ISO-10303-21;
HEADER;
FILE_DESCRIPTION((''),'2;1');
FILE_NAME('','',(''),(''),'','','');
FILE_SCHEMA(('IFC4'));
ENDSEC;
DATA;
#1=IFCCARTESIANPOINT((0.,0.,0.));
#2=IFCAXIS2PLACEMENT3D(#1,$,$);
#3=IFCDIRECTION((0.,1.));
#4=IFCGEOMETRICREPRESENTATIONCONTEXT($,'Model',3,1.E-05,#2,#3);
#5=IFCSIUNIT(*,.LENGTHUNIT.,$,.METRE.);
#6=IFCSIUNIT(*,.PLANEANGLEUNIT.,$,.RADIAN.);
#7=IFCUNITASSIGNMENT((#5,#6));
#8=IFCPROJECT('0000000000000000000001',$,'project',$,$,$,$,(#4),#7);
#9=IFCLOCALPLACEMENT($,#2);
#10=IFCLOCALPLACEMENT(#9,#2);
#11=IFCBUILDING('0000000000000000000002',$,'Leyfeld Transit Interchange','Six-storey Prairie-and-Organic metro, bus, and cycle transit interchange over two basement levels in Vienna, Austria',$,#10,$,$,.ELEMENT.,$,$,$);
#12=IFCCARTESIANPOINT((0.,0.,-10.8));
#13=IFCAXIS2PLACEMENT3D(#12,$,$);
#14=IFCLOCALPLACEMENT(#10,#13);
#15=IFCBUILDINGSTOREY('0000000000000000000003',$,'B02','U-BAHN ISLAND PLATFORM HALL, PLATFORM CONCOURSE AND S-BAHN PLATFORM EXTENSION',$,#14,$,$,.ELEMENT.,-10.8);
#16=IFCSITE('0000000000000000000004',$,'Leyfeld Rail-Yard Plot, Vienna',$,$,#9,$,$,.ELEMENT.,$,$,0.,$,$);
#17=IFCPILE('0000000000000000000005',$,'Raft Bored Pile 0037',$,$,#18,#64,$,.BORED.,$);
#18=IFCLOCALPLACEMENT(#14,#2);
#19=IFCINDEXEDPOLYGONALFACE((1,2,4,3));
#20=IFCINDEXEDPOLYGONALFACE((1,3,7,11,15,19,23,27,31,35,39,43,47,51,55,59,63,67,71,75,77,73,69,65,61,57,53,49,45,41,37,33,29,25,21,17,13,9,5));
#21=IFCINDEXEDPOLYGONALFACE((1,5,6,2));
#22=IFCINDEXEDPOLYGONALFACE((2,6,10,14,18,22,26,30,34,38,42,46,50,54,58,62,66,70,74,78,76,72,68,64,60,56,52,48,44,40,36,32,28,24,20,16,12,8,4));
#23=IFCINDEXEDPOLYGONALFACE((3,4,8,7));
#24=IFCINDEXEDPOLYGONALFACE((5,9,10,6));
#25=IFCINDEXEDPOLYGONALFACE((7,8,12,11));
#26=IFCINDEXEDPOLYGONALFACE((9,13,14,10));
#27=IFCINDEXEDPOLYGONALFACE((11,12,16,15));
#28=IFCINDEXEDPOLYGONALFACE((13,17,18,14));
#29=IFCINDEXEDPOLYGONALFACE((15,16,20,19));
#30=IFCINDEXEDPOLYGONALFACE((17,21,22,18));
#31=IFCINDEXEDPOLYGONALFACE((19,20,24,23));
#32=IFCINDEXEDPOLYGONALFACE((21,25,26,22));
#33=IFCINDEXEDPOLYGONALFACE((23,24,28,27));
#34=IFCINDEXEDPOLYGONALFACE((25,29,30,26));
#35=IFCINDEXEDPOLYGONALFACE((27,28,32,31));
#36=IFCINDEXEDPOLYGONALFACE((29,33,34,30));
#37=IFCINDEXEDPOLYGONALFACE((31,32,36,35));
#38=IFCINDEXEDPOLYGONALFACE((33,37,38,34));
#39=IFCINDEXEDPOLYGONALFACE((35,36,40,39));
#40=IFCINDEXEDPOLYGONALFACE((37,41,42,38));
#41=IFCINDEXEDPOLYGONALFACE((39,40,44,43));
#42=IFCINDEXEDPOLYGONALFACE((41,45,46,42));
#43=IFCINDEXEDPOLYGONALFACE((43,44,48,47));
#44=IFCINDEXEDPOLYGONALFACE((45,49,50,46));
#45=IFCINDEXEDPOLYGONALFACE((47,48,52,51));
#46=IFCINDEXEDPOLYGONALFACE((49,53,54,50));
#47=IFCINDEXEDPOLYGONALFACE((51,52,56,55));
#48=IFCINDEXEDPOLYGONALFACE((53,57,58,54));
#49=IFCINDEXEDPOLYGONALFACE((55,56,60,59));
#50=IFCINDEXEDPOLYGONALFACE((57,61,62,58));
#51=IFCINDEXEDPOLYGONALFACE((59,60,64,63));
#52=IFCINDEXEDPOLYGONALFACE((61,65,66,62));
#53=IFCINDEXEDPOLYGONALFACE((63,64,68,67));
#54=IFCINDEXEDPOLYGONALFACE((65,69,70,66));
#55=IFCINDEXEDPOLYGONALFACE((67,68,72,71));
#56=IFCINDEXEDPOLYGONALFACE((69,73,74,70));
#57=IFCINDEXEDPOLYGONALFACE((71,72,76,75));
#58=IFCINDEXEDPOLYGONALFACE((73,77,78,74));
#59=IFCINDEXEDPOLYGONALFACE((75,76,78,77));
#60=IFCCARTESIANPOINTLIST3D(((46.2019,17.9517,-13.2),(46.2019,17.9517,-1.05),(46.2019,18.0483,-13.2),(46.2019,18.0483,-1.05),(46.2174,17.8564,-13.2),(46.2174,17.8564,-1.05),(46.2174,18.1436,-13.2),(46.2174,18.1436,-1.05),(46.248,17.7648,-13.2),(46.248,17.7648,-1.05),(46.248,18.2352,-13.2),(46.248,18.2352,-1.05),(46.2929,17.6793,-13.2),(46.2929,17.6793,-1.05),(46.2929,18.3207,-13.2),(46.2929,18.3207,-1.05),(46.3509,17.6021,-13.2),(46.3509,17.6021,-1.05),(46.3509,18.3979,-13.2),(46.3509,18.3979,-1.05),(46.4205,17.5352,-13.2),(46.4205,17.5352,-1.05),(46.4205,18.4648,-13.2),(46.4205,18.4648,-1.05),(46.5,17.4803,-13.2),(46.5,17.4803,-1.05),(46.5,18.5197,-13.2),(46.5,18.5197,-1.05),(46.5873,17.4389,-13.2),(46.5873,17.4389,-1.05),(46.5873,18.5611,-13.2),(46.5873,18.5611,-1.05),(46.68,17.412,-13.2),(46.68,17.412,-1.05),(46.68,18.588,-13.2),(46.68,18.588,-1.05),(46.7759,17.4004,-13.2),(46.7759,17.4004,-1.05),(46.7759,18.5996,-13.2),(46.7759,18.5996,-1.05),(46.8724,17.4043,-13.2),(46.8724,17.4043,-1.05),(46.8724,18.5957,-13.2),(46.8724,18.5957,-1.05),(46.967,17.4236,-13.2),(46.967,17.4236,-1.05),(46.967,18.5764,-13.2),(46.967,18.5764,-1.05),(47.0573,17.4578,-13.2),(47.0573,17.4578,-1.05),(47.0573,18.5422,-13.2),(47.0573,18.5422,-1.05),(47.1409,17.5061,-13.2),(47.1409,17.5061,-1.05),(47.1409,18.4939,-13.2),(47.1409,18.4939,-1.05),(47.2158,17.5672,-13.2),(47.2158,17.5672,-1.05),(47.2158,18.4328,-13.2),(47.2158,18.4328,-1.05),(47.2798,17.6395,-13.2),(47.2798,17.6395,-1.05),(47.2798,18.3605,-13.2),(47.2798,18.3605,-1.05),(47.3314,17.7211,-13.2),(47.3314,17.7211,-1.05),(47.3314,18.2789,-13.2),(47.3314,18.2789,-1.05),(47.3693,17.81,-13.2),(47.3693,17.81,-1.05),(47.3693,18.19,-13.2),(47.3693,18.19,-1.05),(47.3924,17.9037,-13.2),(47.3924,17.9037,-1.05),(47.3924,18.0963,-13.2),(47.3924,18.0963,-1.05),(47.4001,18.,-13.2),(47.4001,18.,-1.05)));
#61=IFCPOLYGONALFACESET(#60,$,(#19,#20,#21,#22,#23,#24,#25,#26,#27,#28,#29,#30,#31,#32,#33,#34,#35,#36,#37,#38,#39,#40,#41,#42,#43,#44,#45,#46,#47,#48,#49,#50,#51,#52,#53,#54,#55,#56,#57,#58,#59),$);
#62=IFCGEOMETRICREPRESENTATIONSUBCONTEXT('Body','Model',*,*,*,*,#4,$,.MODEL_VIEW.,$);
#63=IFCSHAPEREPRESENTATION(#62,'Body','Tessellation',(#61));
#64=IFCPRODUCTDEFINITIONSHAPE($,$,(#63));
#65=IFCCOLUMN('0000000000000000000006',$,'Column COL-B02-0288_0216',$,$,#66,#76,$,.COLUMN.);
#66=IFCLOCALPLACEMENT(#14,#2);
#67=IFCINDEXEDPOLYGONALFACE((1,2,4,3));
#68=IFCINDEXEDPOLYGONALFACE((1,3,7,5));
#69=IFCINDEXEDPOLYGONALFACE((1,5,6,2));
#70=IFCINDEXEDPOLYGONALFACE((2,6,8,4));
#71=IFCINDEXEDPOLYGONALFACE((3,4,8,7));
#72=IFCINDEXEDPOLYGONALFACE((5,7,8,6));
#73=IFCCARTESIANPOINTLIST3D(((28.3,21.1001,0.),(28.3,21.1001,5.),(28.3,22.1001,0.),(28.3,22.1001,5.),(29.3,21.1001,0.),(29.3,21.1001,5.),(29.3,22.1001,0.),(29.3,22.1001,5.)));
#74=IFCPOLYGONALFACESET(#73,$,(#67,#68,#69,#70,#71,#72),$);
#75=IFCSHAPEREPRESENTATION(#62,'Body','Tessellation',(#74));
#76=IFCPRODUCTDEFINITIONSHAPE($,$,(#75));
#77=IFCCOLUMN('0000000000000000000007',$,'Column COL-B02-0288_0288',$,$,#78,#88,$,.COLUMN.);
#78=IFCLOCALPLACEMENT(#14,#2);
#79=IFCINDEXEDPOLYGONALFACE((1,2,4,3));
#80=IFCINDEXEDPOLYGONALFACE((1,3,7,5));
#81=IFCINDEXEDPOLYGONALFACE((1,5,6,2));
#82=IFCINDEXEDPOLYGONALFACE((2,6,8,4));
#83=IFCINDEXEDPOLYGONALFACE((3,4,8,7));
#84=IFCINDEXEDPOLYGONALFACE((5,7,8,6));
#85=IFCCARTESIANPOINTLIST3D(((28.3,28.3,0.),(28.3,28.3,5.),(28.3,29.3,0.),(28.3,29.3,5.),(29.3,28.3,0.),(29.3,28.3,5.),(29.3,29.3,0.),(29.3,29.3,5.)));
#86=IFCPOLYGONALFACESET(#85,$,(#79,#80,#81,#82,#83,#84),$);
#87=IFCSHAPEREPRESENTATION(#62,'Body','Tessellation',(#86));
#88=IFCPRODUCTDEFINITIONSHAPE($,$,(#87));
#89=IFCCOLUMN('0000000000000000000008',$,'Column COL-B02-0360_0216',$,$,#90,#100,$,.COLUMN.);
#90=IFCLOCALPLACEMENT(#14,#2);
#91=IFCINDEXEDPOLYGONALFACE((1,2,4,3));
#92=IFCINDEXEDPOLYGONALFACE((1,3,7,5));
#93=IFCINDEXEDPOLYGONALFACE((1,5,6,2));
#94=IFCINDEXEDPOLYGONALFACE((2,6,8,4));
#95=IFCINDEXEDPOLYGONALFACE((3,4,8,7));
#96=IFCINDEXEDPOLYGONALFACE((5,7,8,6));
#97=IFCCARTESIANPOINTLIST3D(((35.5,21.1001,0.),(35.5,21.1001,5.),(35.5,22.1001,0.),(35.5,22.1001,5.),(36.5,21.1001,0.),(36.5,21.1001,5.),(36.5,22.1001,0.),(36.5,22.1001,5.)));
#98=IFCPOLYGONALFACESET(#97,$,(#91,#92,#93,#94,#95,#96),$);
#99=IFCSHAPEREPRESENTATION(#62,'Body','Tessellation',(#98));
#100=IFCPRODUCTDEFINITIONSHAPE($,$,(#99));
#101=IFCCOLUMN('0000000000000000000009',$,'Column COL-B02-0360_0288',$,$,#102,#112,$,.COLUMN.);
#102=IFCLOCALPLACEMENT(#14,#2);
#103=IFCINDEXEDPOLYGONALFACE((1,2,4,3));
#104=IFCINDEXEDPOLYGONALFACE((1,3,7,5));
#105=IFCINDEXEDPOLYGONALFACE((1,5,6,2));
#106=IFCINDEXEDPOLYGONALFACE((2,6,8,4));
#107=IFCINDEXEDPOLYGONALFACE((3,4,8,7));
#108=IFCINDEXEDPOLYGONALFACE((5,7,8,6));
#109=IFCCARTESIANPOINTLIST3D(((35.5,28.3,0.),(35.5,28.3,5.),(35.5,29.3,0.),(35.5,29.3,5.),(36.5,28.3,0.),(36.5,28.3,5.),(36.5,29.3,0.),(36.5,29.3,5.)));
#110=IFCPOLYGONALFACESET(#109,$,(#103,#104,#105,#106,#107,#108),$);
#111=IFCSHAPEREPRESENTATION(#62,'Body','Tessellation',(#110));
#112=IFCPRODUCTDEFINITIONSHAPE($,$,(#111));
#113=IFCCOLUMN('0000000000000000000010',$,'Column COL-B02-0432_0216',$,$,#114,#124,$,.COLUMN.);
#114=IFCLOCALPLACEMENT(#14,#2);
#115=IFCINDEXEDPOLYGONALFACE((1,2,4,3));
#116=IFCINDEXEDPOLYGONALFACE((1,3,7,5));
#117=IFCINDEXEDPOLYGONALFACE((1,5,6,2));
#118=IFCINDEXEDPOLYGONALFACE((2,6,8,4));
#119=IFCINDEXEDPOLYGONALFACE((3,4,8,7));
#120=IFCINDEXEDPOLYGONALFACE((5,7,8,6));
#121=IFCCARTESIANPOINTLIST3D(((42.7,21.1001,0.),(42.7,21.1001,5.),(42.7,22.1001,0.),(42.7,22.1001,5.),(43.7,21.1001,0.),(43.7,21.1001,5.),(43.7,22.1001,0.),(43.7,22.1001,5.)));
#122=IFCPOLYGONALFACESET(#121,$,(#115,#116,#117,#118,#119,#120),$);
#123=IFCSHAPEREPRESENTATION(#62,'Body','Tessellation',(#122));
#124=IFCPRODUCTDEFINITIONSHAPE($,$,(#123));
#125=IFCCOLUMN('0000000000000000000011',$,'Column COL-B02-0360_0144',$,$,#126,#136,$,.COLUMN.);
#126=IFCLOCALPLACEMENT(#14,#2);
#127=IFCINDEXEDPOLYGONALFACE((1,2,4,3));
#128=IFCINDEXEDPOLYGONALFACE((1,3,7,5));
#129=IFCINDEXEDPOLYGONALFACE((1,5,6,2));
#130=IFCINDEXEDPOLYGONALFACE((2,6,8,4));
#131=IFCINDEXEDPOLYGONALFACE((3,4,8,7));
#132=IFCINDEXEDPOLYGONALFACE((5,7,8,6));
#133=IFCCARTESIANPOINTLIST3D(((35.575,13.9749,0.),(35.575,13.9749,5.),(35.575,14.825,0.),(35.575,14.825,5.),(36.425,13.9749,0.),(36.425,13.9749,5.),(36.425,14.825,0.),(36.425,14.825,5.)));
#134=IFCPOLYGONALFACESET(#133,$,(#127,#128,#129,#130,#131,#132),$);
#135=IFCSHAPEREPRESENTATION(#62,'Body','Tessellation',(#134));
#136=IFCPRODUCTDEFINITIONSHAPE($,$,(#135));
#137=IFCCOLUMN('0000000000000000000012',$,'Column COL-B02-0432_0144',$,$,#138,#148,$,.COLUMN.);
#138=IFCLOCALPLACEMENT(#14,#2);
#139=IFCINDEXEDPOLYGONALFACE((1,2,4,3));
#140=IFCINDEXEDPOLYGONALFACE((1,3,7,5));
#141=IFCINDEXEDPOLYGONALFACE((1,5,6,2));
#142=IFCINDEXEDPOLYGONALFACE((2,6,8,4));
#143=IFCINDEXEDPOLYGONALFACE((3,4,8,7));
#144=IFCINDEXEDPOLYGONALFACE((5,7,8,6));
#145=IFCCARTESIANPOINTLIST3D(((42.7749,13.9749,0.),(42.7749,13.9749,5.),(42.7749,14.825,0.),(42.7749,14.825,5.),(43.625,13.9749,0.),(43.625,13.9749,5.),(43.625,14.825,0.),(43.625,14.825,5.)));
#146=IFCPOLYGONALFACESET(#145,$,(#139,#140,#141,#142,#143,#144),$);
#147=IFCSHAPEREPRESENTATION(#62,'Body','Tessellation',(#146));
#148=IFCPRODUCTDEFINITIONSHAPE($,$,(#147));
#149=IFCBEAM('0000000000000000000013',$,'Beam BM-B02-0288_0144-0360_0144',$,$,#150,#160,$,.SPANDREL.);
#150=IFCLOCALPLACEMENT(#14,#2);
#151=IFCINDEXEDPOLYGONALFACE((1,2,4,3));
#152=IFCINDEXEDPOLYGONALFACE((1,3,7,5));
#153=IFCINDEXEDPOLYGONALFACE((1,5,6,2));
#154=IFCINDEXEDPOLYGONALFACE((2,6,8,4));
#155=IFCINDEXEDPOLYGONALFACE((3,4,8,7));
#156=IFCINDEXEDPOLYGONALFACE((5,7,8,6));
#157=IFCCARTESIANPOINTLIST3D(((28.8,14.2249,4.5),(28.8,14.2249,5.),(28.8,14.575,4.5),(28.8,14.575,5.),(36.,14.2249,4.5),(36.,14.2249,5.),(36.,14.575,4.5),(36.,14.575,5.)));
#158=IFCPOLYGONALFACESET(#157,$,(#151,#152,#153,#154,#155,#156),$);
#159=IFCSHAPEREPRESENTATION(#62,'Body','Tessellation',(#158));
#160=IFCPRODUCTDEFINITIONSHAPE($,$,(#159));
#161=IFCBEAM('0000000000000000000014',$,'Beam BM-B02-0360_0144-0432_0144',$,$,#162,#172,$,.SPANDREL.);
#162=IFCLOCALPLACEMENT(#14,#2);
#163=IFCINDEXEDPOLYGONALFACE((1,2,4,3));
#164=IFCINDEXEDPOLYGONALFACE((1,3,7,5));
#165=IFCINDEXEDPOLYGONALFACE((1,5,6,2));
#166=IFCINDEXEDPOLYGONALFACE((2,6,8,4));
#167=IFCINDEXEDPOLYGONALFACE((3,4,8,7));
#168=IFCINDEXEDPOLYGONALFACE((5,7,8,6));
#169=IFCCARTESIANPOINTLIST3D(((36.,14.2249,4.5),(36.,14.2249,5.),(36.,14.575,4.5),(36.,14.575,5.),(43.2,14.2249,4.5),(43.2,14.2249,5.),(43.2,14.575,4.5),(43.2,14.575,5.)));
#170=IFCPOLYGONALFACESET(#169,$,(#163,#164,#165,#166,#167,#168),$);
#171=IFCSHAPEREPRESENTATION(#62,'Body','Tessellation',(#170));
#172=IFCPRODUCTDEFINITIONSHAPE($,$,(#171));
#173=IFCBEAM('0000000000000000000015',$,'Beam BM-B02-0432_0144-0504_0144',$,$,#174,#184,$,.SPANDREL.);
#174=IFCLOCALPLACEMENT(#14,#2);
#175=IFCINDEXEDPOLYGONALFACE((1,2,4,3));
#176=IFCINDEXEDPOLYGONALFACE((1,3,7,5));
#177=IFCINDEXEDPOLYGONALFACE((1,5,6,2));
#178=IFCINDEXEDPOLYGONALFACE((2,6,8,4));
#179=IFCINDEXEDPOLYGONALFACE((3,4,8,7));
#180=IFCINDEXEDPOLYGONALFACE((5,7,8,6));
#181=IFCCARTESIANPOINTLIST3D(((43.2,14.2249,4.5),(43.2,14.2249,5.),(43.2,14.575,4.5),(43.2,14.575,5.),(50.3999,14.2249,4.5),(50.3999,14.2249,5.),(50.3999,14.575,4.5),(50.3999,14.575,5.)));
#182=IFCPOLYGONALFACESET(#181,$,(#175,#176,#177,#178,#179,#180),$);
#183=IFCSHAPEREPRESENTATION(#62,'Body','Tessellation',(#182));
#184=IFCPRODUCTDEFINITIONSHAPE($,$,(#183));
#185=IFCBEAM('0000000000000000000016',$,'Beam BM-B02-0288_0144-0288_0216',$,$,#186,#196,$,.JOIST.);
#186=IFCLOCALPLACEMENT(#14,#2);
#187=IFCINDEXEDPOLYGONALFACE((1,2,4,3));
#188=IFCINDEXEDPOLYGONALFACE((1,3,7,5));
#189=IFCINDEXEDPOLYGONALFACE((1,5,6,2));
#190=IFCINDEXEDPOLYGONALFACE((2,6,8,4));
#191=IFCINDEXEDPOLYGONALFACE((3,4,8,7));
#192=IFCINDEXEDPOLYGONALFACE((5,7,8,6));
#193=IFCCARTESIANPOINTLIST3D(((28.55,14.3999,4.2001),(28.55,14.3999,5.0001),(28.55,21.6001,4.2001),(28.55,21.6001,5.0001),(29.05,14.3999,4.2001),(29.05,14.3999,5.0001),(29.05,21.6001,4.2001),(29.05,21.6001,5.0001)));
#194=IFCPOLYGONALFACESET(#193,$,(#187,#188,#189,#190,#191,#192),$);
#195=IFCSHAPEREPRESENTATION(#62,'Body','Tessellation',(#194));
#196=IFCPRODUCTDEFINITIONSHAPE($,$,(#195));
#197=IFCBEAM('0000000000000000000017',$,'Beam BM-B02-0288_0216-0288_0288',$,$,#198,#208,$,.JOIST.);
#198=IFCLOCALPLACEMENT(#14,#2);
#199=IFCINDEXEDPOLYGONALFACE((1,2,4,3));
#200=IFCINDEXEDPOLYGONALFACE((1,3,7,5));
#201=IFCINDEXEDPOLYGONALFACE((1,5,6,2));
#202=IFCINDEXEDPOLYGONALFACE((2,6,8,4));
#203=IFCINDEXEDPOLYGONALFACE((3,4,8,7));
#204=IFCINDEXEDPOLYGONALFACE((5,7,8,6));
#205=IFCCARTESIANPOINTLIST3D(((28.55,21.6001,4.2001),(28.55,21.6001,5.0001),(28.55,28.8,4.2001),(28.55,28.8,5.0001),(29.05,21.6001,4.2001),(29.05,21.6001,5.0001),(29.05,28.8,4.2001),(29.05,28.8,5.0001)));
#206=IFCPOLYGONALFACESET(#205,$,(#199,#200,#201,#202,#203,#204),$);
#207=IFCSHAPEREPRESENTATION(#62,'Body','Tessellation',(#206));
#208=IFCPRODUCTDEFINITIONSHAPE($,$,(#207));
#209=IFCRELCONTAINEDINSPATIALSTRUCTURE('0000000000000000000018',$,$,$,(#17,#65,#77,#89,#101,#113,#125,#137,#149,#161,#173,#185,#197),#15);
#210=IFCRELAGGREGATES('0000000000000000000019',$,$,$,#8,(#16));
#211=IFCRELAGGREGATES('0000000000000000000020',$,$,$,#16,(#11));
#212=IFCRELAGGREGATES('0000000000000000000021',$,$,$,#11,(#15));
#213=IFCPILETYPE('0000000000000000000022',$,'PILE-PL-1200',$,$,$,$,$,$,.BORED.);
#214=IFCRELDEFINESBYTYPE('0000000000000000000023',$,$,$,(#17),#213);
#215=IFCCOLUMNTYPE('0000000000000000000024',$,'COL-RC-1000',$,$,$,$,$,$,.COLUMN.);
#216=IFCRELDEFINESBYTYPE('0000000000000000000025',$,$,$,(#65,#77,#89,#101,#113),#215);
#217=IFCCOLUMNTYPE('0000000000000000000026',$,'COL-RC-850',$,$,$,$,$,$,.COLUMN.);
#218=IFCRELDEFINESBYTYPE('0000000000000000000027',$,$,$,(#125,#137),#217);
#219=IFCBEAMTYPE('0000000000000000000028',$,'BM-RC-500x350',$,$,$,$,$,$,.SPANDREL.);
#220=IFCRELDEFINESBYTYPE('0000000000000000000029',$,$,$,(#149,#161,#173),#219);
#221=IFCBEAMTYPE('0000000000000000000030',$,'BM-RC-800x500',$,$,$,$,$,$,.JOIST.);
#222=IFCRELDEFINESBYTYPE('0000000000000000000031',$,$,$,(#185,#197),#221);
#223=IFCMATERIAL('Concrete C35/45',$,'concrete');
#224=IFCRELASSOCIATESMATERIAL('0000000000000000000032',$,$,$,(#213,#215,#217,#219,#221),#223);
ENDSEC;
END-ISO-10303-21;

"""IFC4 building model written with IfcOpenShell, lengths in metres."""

from ifc_helpers import new_model, si_unit, direction, frame, origin, origin_2d, place, context, subcontext, project, spatial, rectangle, circle, extrude, material, material_profile, profile_set, type_object, element, save


model = new_model("IFC4")

# Units and contexts
model_context = context("Model", 3, precision=1e-05, world=origin(), true_north=direction((0.0, 1.0)))
body_context = subcontext(model_context, "Body", "Model", "MODEL_VIEW")
ifc_project = project(units=[si_unit("LENGTHUNIT", "METRE"), si_unit("PLANEANGLEUNIT", "RADIAN")], contexts=[model_context])

# Site, building, storey
site_placement = place(None, origin())
site = spatial("IfcSite", under=ifc_project, at=site_placement, Name="Leyfeld Rail-Yard Plot, Vienna", CompositionType="ELEMENT", RefElevation=0.0)
building_placement = place(site_placement, origin())
building = spatial("IfcBuilding", under=site, at=building_placement, Name="Leyfeld Transit Interchange", Description="Six-storey Prairie-and-Organic metro, bus, and cycle transit interchange over two basement levels in Vienna, Austria", CompositionType="ELEMENT")
storey_placement = place(building_placement, frame((0.0, 0.0, -10.8)))
storey = spatial("IfcBuildingStorey", under=building, at=storey_placement, Name="B02", Description="U-BAHN ISLAND PLATFORM HALL, PLATFORM CONCOURSE AND S-BAHN PLATFORM EXTENSION", CompositionType="ELEMENT", Elevation=-10.8)

# Pile
ifc_material = material(Name="Concrete C35/45", Category="concrete")
ifc_material_profile_1 = material_profile(ifc_material, circle(Radius=0.6001, at=origin_2d()), Name="PILE D1200")
ifc_profile_set_1 = profile_set([ifc_material_profile_1], Name="Concrete C35/45")
pile_type = type_object("IfcPileType", Name="PILE-PL-1200", PredefinedType="BORED", material=ifc_profile_set_1)
for number, where, z_axis, x_axis, name in (
    (1, (46.8, 18.0, -1.05), (0.0, 0.0, -1.0), (1.0, 0.0, 0.0), "Raft Bored Pile 0037"),
):
    element("IfcPile", number, at=place(storey_placement, frame(where, z_axis=z_axis, x_axis=x_axis)), inside=storey, type_object=pile_type, Name=name, PredefinedType="BORED", context=body_context, shape_type="SweptSolid", body=[
        extrude(circle(Radius=0.6001, at=origin_2d()), origin(), (0.0, 0.0, 1.0), 12.1499),
    ])

# Columns
ifc_material_profile_2 = material_profile(ifc_material, rectangle(XDim=1.0, YDim=1.0, at=origin_2d()), Name="RC 1000x1000")
ifc_profile_set_2 = profile_set([ifc_material_profile_2], Name="Concrete C35/45")
column_type_1 = type_object("IfcColumnType", Name="COL-RC-1000", PredefinedType="COLUMN", material=ifc_profile_set_2)
for number, where, z_axis, x_axis, name in (
    (2, (28.8, 21.6001, 0.0), (0.0, 0.0, 1.0), (1.0, 0.0, 0.0), "Column COL-B02-0288_0216"),
    (3, (28.8, 28.8, 0.0), (0.0, 0.0, 1.0), (1.0, 0.0, 0.0), "Column COL-B02-0288_0288"),
    (4, (36.0, 21.6001, 0.0), (0.0, 0.0, 1.0), (1.0, 0.0, 0.0), "Column COL-B02-0360_0216"),
    (5, (36.0, 28.8, 0.0), (0.0, 0.0, 1.0), (1.0, 0.0, 0.0), "Column COL-B02-0360_0288"),
    (6, (43.2, 21.6001, 0.0), (0.0, 0.0, 1.0), (1.0, 0.0, 0.0), "Column COL-B02-0432_0216"),
):
    element("IfcColumn", number, at=place(storey_placement, frame(where, z_axis=z_axis, x_axis=x_axis)), inside=storey, type_object=column_type_1, Name=name, PredefinedType="COLUMN", context=body_context, shape_type="SweptSolid", body=[
        extrude(rectangle(XDim=1.0, YDim=1.0, at=origin_2d()), origin(), (0.0, 0.0, 1.0), 5.0),
    ])
ifc_material_profile_3 = material_profile(ifc_material, rectangle(XDim=0.8501, YDim=0.8501, at=origin_2d()), Name="RC 850x850")
ifc_profile_set_3 = profile_set([ifc_material_profile_3], Name="Concrete C35/45")
column_type_2 = type_object("IfcColumnType", Name="COL-RC-850", PredefinedType="COLUMN", material=ifc_profile_set_3)
for number, where, z_axis, x_axis, name in (
    (7, (36.0, 14.3999, 0.0), (0.0, 0.0, 1.0), (1.0, 0.0, 0.0), "Column COL-B02-0360_0144"),
    (8, (43.2, 14.3999, 0.0), (0.0, 0.0, 1.0), (1.0, 0.0, 0.0), "Column COL-B02-0432_0144"),
):
    element("IfcColumn", number, at=place(storey_placement, frame(where, z_axis=z_axis, x_axis=x_axis)), inside=storey, type_object=column_type_2, Name=name, PredefinedType="COLUMN", context=body_context, shape_type="SweptSolid", body=[
        extrude(rectangle(XDim=0.8501, YDim=0.8501, at=origin_2d()), origin(), (0.0, 0.0, 1.0), 5.0),
    ])

# Beams
ifc_material_profile_4 = material_profile(ifc_material, rectangle(XDim=0.3501, YDim=0.5, at=origin_2d()), Name="RC 500x350")
ifc_profile_set_4 = profile_set([ifc_material_profile_4], Name="Concrete C35/45")
beam_type_1 = type_object("IfcBeamType", Name="BM-RC-500x350", PredefinedType="SPANDREL", material=ifc_profile_set_4)
for number, where, z_axis, x_axis, name in (
    (9, (28.8, 14.3999, 4.75), (1.0, 0.0, 0.0), (0.0, 1.0, 0.0), "Beam BM-B02-0288_0144-0360_0144"),
    (10, (36.0, 14.3999, 4.75), (1.0, 0.0, 0.0), (0.0, 1.0, 0.0), "Beam BM-B02-0360_0144-0432_0144"),
    (11, (43.2, 14.3999, 4.75), (1.0, 0.0, 0.0), (0.0, 1.0, 0.0), "Beam BM-B02-0432_0144-0504_0144"),
):
    element("IfcBeam", number, at=place(storey_placement, frame(where, z_axis=z_axis, x_axis=x_axis)), inside=storey, type_object=beam_type_1, Name=name, PredefinedType="SPANDREL", context=body_context, shape_type="SweptSolid", body=[
        extrude(rectangle(XDim=0.3501, YDim=0.5, at=origin_2d()), origin(), (0.0, 0.0, 1.0), 7.2),
    ])
ifc_material_profile_5 = material_profile(ifc_material, rectangle(XDim=0.5, YDim=0.8, at=origin_2d()), Name="RC 800x500")
ifc_profile_set_5 = profile_set([ifc_material_profile_5], Name="Concrete C35/45")
beam_type_2 = type_object("IfcBeamType", Name="BM-RC-800x500", PredefinedType="JOIST", material=ifc_profile_set_5)
beam_1_placement = place(storey_placement, frame((28.8, 14.3999, 4.6001), z_axis=(0.0, 1.0, 0.0), x_axis=(-1.0, 0.0, 0.0)))
element("IfcBeam", 12, at=beam_1_placement, inside=storey, type_object=beam_type_2, Name="Beam BM-B02-0288_0144-0288_0216", PredefinedType="JOIST", context=body_context, shape_type="SweptSolid", body=[
    extrude(rectangle(XDim=0.5, YDim=0.8, at=origin_2d()), origin(), (0.0, 0.0, 1.0), 7.2002),
])
for number, where, z_axis, x_axis, name in (
    (13, (28.8, 21.6001, 4.6001), (0.0, 1.0, 0.0), (-1.0, 0.0, 0.0), "Beam BM-B02-0288_0216-0288_0288"),
):
    element("IfcBeam", number, at=place(storey_placement, frame(where, z_axis=z_axis, x_axis=x_axis)), inside=storey, type_object=beam_type_2, Name=name, PredefinedType="JOIST", context=body_context, shape_type="SweptSolid", body=[
        extrude(rectangle(XDim=0.5, YDim=0.8, at=origin_2d()), origin(), (0.0, 0.0, 1.0), 7.2),
    ])

save(model, "model.ifc")
